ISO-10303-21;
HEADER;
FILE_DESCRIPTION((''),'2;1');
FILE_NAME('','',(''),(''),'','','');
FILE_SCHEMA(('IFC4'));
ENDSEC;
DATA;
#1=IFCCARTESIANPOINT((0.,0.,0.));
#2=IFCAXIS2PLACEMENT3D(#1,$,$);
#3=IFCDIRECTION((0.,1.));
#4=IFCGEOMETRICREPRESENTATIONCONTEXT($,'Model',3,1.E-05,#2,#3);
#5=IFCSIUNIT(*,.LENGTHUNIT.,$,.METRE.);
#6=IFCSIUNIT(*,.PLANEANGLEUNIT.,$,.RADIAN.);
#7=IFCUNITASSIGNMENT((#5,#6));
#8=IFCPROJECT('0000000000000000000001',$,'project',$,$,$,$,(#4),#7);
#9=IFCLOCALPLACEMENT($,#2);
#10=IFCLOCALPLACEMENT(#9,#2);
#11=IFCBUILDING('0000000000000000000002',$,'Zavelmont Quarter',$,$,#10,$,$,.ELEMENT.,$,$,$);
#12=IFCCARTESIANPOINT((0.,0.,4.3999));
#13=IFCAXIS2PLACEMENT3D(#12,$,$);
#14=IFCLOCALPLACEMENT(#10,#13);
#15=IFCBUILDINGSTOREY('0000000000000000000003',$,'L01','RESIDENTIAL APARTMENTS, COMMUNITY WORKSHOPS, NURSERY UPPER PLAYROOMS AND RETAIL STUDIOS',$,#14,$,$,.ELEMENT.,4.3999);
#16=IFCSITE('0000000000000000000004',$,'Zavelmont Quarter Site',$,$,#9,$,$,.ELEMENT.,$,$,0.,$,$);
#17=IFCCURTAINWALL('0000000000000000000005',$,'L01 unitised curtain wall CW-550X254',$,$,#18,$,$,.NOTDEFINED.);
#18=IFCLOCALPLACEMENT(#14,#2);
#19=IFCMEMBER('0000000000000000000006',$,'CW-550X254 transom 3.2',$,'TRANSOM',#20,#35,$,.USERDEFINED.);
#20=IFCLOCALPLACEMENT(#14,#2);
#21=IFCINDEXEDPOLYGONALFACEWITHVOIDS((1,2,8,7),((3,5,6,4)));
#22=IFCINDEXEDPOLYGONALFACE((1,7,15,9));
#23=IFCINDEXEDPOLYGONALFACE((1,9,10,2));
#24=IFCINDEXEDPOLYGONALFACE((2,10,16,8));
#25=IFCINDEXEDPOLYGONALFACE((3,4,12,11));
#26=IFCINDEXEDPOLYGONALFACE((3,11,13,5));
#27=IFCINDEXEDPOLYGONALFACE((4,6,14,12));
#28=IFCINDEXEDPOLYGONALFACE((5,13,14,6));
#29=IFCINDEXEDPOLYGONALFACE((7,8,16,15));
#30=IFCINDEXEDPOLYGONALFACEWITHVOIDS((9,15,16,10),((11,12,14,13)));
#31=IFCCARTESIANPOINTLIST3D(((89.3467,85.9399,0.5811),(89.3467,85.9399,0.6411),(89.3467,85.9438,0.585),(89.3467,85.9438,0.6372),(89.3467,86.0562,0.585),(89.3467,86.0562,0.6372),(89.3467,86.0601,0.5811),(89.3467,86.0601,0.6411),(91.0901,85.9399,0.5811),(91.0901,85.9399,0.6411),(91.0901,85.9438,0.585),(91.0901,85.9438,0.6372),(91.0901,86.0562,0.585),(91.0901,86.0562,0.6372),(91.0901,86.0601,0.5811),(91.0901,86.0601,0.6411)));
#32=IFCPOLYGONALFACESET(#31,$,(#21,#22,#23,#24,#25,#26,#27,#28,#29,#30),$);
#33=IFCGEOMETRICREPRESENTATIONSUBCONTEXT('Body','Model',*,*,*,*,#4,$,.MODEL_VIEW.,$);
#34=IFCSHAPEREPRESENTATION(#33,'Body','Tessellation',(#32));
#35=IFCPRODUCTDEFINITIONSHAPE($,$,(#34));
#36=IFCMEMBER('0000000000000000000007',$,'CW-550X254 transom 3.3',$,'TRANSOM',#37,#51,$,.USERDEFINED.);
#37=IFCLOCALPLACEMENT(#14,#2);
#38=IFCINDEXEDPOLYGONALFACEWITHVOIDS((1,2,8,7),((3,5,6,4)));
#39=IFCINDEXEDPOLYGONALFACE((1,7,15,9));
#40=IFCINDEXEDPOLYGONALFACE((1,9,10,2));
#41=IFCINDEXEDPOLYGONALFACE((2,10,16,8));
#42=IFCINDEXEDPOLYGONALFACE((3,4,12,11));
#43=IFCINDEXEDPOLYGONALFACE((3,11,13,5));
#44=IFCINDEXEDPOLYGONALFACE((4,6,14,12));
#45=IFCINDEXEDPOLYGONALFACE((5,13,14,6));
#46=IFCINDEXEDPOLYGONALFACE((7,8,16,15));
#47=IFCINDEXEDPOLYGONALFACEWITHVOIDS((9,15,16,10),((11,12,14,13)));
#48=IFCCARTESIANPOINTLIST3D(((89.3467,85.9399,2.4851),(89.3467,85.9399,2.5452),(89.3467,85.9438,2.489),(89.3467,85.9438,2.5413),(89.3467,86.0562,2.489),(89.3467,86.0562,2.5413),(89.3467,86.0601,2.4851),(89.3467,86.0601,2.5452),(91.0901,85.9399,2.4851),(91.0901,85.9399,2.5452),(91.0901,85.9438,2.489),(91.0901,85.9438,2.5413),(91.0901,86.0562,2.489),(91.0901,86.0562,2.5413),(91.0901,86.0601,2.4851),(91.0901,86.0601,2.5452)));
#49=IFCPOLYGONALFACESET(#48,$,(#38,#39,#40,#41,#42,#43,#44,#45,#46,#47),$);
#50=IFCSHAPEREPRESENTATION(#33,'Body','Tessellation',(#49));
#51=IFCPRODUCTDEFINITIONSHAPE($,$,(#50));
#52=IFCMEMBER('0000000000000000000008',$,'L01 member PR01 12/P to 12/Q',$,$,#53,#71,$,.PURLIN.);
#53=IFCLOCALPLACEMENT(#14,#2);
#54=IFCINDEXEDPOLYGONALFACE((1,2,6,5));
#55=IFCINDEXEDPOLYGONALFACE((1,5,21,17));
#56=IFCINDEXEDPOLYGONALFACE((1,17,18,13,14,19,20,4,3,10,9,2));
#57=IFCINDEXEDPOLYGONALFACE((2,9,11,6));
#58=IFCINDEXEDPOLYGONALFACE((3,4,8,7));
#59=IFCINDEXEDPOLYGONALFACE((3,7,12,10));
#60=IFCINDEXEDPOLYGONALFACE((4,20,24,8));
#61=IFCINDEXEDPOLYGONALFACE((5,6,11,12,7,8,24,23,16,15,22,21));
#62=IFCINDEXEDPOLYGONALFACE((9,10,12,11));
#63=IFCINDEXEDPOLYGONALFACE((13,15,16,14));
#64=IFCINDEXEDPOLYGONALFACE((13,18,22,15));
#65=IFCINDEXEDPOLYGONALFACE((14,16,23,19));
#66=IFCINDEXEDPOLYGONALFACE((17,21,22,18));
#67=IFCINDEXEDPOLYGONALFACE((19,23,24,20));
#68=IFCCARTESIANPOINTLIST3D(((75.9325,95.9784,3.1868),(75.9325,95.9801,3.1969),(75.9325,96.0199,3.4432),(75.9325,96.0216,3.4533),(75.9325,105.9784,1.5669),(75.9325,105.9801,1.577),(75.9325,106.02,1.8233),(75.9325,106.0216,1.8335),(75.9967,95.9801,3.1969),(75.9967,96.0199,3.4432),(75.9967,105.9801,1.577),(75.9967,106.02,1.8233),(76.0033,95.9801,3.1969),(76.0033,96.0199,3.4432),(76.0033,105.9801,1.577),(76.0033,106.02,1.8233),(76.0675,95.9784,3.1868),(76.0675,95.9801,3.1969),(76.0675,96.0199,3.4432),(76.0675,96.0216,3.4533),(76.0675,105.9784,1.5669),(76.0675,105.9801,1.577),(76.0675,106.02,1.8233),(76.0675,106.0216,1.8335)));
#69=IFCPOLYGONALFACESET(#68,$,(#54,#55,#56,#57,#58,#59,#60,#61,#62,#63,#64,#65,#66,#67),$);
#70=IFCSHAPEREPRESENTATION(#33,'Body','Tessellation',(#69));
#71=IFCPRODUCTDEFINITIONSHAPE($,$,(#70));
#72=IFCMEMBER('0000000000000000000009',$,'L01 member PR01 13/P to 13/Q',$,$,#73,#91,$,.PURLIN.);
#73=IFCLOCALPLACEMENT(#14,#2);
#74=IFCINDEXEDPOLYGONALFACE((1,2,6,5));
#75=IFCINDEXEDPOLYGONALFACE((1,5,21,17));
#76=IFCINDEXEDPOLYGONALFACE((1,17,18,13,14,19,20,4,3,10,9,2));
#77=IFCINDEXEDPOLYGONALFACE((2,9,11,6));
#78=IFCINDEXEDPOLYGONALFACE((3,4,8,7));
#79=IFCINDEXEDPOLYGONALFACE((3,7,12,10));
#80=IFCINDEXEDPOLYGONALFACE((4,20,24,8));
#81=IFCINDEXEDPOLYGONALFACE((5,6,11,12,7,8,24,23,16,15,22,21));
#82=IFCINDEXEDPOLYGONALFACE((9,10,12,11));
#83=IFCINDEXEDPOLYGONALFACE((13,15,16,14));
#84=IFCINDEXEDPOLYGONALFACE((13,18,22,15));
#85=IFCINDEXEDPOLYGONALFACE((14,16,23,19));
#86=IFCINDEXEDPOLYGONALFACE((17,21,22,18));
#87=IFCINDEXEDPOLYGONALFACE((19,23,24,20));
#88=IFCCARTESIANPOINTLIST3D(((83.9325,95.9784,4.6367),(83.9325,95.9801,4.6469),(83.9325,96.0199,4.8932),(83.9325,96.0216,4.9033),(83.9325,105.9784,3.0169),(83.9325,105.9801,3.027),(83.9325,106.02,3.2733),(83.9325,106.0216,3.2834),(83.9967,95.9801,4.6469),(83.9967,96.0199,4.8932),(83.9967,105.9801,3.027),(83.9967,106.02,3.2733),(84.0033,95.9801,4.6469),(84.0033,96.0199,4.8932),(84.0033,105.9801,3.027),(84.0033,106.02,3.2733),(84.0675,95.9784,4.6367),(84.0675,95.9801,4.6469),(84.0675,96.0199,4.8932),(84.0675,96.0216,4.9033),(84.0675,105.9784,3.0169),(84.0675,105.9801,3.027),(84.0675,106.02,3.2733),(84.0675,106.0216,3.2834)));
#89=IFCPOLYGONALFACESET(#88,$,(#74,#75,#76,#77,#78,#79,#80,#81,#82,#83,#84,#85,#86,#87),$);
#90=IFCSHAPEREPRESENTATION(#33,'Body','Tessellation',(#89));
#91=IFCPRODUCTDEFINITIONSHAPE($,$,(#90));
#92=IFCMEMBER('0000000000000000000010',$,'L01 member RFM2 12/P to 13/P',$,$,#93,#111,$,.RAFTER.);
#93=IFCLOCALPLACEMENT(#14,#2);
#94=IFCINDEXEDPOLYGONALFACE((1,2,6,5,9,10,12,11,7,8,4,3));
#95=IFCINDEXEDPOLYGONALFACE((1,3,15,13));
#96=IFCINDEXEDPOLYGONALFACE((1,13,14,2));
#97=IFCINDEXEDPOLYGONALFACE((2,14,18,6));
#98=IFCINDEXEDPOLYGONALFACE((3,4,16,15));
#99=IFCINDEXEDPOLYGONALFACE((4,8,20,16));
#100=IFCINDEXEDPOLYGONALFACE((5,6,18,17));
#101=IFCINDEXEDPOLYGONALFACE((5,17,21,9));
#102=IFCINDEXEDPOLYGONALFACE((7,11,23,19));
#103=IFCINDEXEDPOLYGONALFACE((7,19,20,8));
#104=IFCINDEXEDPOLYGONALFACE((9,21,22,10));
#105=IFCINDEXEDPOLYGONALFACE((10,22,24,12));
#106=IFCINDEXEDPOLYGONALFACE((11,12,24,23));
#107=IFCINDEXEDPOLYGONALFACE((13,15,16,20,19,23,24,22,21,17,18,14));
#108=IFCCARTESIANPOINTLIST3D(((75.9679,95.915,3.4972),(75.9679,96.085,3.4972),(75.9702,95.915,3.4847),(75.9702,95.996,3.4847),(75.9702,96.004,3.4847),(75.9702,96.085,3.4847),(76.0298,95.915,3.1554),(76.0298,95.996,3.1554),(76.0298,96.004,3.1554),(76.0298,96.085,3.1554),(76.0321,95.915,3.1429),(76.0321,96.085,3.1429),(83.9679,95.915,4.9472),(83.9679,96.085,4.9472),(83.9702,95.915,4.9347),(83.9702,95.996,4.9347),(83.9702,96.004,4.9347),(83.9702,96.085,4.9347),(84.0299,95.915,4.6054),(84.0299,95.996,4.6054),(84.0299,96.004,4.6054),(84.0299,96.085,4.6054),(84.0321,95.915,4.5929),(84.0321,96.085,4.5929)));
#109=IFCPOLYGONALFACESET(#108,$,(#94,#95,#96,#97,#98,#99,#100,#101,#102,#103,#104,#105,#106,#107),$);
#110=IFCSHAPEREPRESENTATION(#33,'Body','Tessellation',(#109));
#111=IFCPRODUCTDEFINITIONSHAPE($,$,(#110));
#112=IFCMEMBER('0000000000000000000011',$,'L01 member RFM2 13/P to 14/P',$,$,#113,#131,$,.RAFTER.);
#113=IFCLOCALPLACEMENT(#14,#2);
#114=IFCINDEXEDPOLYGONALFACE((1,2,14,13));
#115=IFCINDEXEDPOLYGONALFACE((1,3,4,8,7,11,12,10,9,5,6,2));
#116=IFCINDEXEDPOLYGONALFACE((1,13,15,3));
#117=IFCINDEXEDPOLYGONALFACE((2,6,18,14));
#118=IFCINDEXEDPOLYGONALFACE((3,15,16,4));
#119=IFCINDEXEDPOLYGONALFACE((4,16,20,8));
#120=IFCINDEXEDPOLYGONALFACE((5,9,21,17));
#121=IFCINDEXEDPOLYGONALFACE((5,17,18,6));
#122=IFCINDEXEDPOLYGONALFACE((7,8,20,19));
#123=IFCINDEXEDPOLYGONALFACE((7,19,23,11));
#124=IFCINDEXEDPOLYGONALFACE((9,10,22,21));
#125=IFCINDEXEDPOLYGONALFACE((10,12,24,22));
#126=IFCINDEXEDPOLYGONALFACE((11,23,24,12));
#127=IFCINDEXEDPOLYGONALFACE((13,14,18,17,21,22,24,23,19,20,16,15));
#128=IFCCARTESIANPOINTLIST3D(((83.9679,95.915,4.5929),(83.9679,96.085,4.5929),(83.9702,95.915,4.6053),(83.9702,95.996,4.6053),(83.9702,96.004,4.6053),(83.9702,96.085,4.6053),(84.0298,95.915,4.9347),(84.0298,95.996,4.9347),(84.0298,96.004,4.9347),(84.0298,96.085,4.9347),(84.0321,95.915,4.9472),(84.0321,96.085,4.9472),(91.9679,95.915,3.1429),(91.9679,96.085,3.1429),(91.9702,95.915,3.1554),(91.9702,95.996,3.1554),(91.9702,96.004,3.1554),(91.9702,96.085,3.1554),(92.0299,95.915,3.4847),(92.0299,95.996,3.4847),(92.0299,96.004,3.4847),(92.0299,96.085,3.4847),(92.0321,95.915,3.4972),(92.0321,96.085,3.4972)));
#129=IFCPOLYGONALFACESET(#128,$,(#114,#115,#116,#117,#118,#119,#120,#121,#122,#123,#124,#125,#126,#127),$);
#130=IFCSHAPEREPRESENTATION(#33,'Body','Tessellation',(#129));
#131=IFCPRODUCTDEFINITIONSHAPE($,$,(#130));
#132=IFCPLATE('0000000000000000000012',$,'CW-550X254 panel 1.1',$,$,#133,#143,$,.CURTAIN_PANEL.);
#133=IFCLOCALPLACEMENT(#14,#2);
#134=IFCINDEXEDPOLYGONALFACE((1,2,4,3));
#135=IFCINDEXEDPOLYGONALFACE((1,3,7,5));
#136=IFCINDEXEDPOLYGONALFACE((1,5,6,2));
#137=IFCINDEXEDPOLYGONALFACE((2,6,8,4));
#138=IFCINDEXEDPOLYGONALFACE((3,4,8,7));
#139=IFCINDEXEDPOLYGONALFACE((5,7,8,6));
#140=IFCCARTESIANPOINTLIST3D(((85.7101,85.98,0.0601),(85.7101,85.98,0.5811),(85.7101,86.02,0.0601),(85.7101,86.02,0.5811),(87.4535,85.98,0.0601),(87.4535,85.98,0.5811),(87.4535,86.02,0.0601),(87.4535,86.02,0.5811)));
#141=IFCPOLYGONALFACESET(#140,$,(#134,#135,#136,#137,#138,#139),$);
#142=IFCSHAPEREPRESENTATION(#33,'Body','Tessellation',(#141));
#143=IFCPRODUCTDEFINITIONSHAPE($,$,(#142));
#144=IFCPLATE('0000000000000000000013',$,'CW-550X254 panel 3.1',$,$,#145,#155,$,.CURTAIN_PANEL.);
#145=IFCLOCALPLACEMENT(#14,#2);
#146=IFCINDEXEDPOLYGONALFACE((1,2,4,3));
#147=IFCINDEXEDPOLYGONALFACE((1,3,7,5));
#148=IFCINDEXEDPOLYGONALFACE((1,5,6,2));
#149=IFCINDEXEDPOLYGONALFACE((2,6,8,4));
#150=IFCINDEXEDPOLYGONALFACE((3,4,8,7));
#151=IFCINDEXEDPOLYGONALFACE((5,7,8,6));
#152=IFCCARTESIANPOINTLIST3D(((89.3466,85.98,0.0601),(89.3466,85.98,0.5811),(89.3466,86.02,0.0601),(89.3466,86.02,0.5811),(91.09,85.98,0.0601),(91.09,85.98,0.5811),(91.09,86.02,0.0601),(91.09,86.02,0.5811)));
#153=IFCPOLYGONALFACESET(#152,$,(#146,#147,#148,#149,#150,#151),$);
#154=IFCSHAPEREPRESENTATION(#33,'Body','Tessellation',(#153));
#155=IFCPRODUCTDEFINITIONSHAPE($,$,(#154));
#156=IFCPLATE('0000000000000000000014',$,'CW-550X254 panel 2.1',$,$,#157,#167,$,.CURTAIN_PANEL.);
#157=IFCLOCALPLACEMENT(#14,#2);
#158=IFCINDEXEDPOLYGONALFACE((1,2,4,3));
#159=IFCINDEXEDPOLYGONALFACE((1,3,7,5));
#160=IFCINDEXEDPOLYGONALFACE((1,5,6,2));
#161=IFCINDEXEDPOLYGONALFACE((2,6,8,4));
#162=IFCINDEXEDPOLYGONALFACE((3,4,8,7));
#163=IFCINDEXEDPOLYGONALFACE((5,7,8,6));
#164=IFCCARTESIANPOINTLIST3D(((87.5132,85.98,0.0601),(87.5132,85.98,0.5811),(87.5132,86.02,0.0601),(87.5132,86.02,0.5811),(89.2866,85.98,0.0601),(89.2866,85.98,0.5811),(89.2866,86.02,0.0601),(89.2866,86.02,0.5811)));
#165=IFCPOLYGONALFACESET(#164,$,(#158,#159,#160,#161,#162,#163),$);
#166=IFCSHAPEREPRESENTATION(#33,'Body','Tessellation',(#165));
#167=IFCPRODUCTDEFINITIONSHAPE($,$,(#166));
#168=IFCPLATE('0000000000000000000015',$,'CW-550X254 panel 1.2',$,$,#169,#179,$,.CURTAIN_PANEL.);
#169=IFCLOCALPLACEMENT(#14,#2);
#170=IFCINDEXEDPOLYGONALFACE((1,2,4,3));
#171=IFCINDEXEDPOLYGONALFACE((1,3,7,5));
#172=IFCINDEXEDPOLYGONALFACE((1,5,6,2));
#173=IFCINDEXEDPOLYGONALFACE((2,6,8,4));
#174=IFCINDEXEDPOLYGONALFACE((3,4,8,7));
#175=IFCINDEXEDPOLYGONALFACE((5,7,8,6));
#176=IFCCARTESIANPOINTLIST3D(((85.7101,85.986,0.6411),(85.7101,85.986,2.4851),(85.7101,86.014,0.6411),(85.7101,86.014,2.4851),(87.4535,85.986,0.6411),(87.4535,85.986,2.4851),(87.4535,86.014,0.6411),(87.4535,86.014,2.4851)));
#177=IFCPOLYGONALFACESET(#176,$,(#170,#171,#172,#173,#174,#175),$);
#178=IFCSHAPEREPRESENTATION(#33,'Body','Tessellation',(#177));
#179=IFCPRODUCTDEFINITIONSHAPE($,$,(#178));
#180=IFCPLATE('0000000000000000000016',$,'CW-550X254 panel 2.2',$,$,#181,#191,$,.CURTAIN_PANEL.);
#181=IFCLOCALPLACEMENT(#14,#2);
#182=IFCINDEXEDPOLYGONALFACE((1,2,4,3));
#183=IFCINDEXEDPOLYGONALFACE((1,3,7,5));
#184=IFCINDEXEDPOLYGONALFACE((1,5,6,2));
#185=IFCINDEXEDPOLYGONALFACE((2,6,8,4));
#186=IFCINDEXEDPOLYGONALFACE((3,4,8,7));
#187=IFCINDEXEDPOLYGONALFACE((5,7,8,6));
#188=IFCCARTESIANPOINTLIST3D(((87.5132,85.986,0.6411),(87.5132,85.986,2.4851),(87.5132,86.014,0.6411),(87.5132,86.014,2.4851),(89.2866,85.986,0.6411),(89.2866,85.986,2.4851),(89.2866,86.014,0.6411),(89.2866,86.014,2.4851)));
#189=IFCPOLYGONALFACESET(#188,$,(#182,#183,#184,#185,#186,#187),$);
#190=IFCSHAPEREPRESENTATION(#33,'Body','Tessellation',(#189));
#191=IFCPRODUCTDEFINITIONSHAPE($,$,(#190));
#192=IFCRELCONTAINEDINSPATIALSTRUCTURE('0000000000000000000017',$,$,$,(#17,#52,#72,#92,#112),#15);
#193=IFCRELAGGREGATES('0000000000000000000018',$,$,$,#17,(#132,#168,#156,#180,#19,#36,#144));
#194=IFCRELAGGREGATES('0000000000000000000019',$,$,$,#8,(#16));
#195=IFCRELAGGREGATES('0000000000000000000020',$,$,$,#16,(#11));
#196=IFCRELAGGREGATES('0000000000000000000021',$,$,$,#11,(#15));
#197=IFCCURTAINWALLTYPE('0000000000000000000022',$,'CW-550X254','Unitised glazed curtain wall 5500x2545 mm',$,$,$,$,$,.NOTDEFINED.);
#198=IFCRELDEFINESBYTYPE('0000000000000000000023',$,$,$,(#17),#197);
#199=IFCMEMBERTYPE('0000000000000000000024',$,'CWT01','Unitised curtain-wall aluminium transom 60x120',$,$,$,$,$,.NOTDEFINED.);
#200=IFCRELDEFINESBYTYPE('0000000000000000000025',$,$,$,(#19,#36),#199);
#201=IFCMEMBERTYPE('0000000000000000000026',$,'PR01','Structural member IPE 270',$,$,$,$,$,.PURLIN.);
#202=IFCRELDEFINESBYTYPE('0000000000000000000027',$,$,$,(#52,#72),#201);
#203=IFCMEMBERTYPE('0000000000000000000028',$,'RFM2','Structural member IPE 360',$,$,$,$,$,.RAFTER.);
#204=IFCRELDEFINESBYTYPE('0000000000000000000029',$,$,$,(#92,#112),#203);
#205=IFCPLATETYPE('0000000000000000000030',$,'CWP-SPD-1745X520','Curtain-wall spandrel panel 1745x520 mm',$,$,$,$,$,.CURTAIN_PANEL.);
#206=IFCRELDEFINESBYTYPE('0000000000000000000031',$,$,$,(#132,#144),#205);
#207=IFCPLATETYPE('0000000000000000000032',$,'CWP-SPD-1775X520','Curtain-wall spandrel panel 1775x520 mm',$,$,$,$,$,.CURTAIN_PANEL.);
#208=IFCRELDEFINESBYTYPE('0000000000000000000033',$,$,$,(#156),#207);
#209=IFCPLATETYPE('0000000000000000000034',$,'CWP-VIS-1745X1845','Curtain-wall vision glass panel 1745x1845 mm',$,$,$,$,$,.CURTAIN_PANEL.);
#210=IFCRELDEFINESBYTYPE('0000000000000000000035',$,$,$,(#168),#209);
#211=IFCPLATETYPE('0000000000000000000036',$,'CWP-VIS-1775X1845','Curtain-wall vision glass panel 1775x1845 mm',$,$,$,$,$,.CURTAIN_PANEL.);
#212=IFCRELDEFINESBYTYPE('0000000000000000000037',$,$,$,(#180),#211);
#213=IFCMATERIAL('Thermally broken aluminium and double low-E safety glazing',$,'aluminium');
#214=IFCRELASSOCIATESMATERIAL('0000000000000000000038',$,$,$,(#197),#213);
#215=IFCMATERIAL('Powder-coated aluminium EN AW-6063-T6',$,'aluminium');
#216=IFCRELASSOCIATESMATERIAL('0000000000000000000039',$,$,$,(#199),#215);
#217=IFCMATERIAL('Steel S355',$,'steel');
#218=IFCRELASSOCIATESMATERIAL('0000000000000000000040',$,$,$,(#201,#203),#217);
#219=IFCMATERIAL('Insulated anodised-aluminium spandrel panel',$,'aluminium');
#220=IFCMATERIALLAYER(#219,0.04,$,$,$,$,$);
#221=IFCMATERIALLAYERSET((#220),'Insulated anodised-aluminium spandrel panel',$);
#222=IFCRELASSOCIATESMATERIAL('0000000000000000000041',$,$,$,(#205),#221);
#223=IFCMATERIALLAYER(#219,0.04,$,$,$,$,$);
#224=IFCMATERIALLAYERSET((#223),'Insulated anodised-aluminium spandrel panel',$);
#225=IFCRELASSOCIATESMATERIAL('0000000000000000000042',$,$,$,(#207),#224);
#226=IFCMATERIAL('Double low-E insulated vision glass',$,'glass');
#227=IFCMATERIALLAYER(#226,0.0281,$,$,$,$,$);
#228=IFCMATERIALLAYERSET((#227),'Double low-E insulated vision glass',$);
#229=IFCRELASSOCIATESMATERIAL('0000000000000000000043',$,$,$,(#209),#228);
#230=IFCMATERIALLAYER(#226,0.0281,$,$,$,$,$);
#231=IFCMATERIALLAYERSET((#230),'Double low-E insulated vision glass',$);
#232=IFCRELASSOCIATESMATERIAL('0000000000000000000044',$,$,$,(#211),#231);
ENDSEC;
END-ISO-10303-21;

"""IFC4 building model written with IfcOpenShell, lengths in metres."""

from ifc_helpers import new_model, si_unit, direction, frame, origin, origin_2d, place, context, subcontext, project, spatial, rectangle, hollow_rectangle, i_section, extrude, material, layer, layer_set, material_profile, profile_set, type_object, element, aggregate, save


model = new_model("IFC4")

# Units and contexts
model_context = context("Model", 3, precision=1e-05, world=origin(), true_north=direction((0.0, 1.0)))
body_context = subcontext(model_context, "Body", "Model", "MODEL_VIEW")
ifc_project = project(units=[si_unit("LENGTHUNIT", "METRE"), si_unit("PLANEANGLEUNIT", "RADIAN")], contexts=[model_context])

# Site, building, storey
site_placement = place(None, origin())
site = spatial("IfcSite", under=ifc_project, at=site_placement, Name="Zavelmont Quarter Site", CompositionType="ELEMENT", RefElevation=0.0)
building_placement = place(site_placement, origin())
building = spatial("IfcBuilding", under=site, at=building_placement, Name="Zavelmont Quarter", CompositionType="ELEMENT")
storey_placement = place(building_placement, frame((0.0, 0.0, 4.3999)))
storey = spatial("IfcBuildingStorey", under=building, at=storey_placement, Name="L01", Description="RESIDENTIAL APARTMENTS, COMMUNITY WORKSHOPS, NURSERY UPPER PLAYROOMS AND RETAIL STUDIOS", CompositionType="ELEMENT", Elevation=4.3999)

# Shared definitions
ifc_material_1 = material(Name="Steel S355", Category="steel")

# Curtain wall, members
ifc_material_2 = material(Name="Thermally broken aluminium and double low-E safety glazing", Category="aluminium")
curtain_wall_type = type_object("IfcCurtainWallType", Name="CW-550X254", Description="Unitised glazed curtain wall 5500x2545 mm", PredefinedType="NOTDEFINED", material=ifc_material_2)
curtain_wall_placement = place(storey_placement, origin())
curtain_wall = element("IfcCurtainWall", 1, at=curtain_wall_placement, inside=storey, type_object=curtain_wall_type, Name="L01 unitised curtain wall CW-550X254", PredefinedType="NOTDEFINED")
ifc_material_3 = material(Name="Powder-coated aluminium EN AW-6063-T6", Category="aluminium")
ifc_material_profile_1 = material_profile(ifc_material_3, hollow_rectangle(XDim=0.1201, YDim=0.0601, WallThickness=0.0039, at=origin_2d()), Name="CWT60X120")
ifc_profile_set_1 = profile_set([ifc_material_profile_1], Name="Powder-coated aluminium EN AW-6063-T6")
member_type_1 = type_object("IfcMemberType", Name="CWT01", Description="Unitised curtain-wall aluminium transom 60x120", PredefinedType="NOTDEFINED", material=ifc_profile_set_1)
member_1_placement = place(storey_placement, frame((89.3467, 86.0, 0.6111), z_axis=(1.0, 0.0, 0.0), x_axis=(0.0, 1.0, 0.0)))
member_1 = element("IfcMember", 2, at=member_1_placement, type_object=member_type_1, Name="CW-550X254 transom 3.2", ObjectType="TRANSOM", PredefinedType="USERDEFINED", context=body_context, shape_type="SweptSolid", body=[
    extrude(hollow_rectangle(XDim=0.1201, YDim=0.0601, WallThickness=0.0039, at=origin_2d()), origin(), (0.0, 0.0, 1.0), 1.7434),
])
member_2_placement = place(storey_placement, frame((89.3467, 86.0, 2.5151), z_axis=(1.0, 0.0, 0.0), x_axis=(0.0, 1.0, 0.0)))
member_2 = element("IfcMember", 3, at=member_2_placement, type_object=member_type_1, Name="CW-550X254 transom 3.3", ObjectType="TRANSOM", PredefinedType="USERDEFINED", context=body_context, shape_type="SweptSolid", body=[
    extrude(hollow_rectangle(XDim=0.1201, YDim=0.0601, WallThickness=0.0039, at=origin_2d()), origin(), (0.0, 0.0, 1.0), 1.7434),
])

# Members
ifc_material_profile_2 = material_profile(ifc_material_1, i_section(OverallWidth=0.135, OverallDepth=0.27, WebThickness=0.0066, FlangeThickness=0.0103, at=origin_2d()), Name="IPE 270")
ifc_profile_set_2 = profile_set([ifc_material_profile_2], Name="Steel S355")
member_type_2 = type_object("IfcMemberType", Name="PR01", Description="Structural member IPE 270", PredefinedType="PURLIN", material=ifc_profile_set_2)
for number, where, z_axis, x_axis, name in (
    (4, (76.0, 96.0, 3.3201), (0.0, 0.987133, -0.159903), (-1.0, 0.0, 0.0), "L01 member PR01 12/P to 12/Q"),
    (5, (84.0, 96.0, 4.77), (0.0, 0.987133, -0.159903), (-1.0, 0.0, 0.0), "L01 member PR01 13/P to 13/Q"),
):
    element("IfcMember", number, at=place(storey_placement, frame(where, z_axis=z_axis, x_axis=x_axis)), inside=storey, type_object=member_type_2, Name=name, PredefinedType="PURLIN", context=body_context, shape_type="SweptSolid", body=[
        extrude(i_section(OverallWidth=0.135, OverallDepth=0.27, WebThickness=0.0066, FlangeThickness=0.0103, at=origin_2d()), origin(), (0.0, 0.0, 1.0), 10.1304),
    ])
ifc_material_profile_3 = material_profile(ifc_material_1, i_section(OverallWidth=0.1699, OverallDepth=0.3601, WebThickness=0.0081, FlangeThickness=0.0127, at=origin_2d()), Name="IPE 360")
ifc_profile_set_3 = profile_set([ifc_material_profile_3], Name="Steel S355")
member_type_3 = type_object("IfcMemberType", Name="RFM2", Description="Structural member IPE 360", PredefinedType="RAFTER", material=ifc_profile_set_3)
for number, where, z_axis, x_axis, name in (
    (6, (76.0, 96.0, 3.3201), (0.983969, 0.0, 0.178338), (0.0, 1.0, 0.0), "L01 member RFM2 12/P to 13/P"),
    (7, (84.0, 96.0, 4.77), (0.983969, 0.0, -0.178338), (0.0, 1.0, 0.0), "L01 member RFM2 13/P to 14/P"),
):
    element("IfcMember", number, at=place(storey_placement, frame(where, z_axis=z_axis, x_axis=x_axis)), inside=storey, type_object=member_type_3, Name=name, PredefinedType="RAFTER", context=body_context, shape_type="SweptSolid", body=[
        extrude(i_section(OverallWidth=0.1699, OverallDepth=0.3601, WebThickness=0.0081, FlangeThickness=0.0127, at=origin_2d()), origin(), (0.0, 0.0, 1.0), 8.1304),
    ])

# Plates
ifc_material_4 = material(Name="Insulated anodised-aluminium spandrel panel", Category="aluminium")
ifc_layer_1 = layer(ifc_material_4, 0.04)
ifc_layer_set_1 = layer_set([ifc_layer_1], Name="Insulated anodised-aluminium spandrel panel")
plate_type_1 = type_object("IfcPlateType", Name="CWP-SPD-1745X520", Description="Curtain-wall spandrel panel 1745x520 mm", PredefinedType="CURTAIN_PANEL", material=ifc_layer_set_1)
plate_1_placement = place(storey_placement, frame((86.5818, 86.0, 0.0601), z_axis=(0.0, 0.0, 1.0), x_axis=(1.0, 0.0, 0.0)))
plate_1 = element("IfcPlate", 8, at=plate_1_placement, type_object=plate_type_1, Name="CW-550X254 panel 1.1", PredefinedType="CURTAIN_PANEL", context=body_context, shape_type="SweptSolid", body=[
    extrude(rectangle(XDim=1.7434, YDim=0.04, at=origin_2d()), origin(), (0.0, 0.0, 1.0), 0.521),
])
plate_2_placement = place(storey_placement, frame((90.2183, 86.0, 0.0601), z_axis=(0.0, 0.0, 1.0), x_axis=(1.0, 0.0, 0.0)))
plate_2 = element("IfcPlate", 9, at=plate_2_placement, type_object=plate_type_1, Name="CW-550X254 panel 3.1", PredefinedType="CURTAIN_PANEL", context=body_context, shape_type="SweptSolid", body=[
    extrude(rectangle(XDim=1.7434, YDim=0.04, at=origin_2d()), origin(), (0.0, 0.0, 1.0), 0.521),
])
ifc_layer_2 = layer(ifc_material_4, 0.04)
ifc_layer_set_2 = layer_set([ifc_layer_2], Name="Insulated anodised-aluminium spandrel panel")
plate_type_2 = type_object("IfcPlateType", Name="CWP-SPD-1775X520", Description="Curtain-wall spandrel panel 1775x520 mm", PredefinedType="CURTAIN_PANEL", material=ifc_layer_set_2)
plate_3_placement = place(storey_placement, frame((88.3999, 86.0, 0.0601), z_axis=(0.0, 0.0, 1.0), x_axis=(1.0, 0.0, 0.0)))
plate_3 = element("IfcPlate", 10, at=plate_3_placement, type_object=plate_type_2, Name="CW-550X254 panel 2.1", PredefinedType="CURTAIN_PANEL", context=body_context, shape_type="SweptSolid", body=[
    extrude(rectangle(XDim=1.7734, YDim=0.04, at=origin_2d()), origin(), (0.0, 0.0, 1.0), 0.521),
])
ifc_material_5 = material(Name="Double low-E insulated vision glass", Category="glass")
ifc_layer_3 = layer(ifc_material_5, 0.0281)
ifc_layer_set_3 = layer_set([ifc_layer_3], Name="Double low-E insulated vision glass")
plate_type_3 = type_object("IfcPlateType", Name="CWP-VIS-1745X1845", Description="Curtain-wall vision glass panel 1745x1845 mm", PredefinedType="CURTAIN_PANEL", material=ifc_layer_set_3)
plate_4_placement = place(storey_placement, frame((86.5818, 86.0, 0.6411), z_axis=(0.0, 0.0, 1.0), x_axis=(1.0, 0.0, 0.0)))
plate_4 = element("IfcPlate", 11, at=plate_4_placement, type_object=plate_type_3, Name="CW-550X254 panel 1.2", PredefinedType="CURTAIN_PANEL", context=body_context, shape_type="SweptSolid", body=[
    extrude(rectangle(XDim=1.7434, YDim=0.0281, at=origin_2d()), origin(), (0.0, 0.0, 1.0), 1.844),
])
ifc_layer_4 = layer(ifc_material_5, 0.0281)
ifc_layer_set_4 = layer_set([ifc_layer_4], Name="Double low-E insulated vision glass")
plate_type_4 = type_object("IfcPlateType", Name="CWP-VIS-1775X1845", Description="Curtain-wall vision glass panel 1775x1845 mm", PredefinedType="CURTAIN_PANEL", material=ifc_layer_set_4)
plate_5_placement = place(storey_placement, frame((88.3999, 86.0, 0.6411), z_axis=(0.0, 0.0, 1.0), x_axis=(1.0, 0.0, 0.0)))
plate_5 = element("IfcPlate", 12, at=plate_5_placement, type_object=plate_type_4, Name="CW-550X254 panel 2.2", PredefinedType="CURTAIN_PANEL", context=body_context, shape_type="SweptSolid", body=[
    extrude(rectangle(XDim=1.7734, YDim=0.0281, at=origin_2d()), origin(), (0.0, 0.0, 1.0), 1.844),
])
aggregate(curtain_wall, [plate_1, plate_4, plate_3, plate_5, member_1, member_2, plate_2])

save(model, "model.ifc")
